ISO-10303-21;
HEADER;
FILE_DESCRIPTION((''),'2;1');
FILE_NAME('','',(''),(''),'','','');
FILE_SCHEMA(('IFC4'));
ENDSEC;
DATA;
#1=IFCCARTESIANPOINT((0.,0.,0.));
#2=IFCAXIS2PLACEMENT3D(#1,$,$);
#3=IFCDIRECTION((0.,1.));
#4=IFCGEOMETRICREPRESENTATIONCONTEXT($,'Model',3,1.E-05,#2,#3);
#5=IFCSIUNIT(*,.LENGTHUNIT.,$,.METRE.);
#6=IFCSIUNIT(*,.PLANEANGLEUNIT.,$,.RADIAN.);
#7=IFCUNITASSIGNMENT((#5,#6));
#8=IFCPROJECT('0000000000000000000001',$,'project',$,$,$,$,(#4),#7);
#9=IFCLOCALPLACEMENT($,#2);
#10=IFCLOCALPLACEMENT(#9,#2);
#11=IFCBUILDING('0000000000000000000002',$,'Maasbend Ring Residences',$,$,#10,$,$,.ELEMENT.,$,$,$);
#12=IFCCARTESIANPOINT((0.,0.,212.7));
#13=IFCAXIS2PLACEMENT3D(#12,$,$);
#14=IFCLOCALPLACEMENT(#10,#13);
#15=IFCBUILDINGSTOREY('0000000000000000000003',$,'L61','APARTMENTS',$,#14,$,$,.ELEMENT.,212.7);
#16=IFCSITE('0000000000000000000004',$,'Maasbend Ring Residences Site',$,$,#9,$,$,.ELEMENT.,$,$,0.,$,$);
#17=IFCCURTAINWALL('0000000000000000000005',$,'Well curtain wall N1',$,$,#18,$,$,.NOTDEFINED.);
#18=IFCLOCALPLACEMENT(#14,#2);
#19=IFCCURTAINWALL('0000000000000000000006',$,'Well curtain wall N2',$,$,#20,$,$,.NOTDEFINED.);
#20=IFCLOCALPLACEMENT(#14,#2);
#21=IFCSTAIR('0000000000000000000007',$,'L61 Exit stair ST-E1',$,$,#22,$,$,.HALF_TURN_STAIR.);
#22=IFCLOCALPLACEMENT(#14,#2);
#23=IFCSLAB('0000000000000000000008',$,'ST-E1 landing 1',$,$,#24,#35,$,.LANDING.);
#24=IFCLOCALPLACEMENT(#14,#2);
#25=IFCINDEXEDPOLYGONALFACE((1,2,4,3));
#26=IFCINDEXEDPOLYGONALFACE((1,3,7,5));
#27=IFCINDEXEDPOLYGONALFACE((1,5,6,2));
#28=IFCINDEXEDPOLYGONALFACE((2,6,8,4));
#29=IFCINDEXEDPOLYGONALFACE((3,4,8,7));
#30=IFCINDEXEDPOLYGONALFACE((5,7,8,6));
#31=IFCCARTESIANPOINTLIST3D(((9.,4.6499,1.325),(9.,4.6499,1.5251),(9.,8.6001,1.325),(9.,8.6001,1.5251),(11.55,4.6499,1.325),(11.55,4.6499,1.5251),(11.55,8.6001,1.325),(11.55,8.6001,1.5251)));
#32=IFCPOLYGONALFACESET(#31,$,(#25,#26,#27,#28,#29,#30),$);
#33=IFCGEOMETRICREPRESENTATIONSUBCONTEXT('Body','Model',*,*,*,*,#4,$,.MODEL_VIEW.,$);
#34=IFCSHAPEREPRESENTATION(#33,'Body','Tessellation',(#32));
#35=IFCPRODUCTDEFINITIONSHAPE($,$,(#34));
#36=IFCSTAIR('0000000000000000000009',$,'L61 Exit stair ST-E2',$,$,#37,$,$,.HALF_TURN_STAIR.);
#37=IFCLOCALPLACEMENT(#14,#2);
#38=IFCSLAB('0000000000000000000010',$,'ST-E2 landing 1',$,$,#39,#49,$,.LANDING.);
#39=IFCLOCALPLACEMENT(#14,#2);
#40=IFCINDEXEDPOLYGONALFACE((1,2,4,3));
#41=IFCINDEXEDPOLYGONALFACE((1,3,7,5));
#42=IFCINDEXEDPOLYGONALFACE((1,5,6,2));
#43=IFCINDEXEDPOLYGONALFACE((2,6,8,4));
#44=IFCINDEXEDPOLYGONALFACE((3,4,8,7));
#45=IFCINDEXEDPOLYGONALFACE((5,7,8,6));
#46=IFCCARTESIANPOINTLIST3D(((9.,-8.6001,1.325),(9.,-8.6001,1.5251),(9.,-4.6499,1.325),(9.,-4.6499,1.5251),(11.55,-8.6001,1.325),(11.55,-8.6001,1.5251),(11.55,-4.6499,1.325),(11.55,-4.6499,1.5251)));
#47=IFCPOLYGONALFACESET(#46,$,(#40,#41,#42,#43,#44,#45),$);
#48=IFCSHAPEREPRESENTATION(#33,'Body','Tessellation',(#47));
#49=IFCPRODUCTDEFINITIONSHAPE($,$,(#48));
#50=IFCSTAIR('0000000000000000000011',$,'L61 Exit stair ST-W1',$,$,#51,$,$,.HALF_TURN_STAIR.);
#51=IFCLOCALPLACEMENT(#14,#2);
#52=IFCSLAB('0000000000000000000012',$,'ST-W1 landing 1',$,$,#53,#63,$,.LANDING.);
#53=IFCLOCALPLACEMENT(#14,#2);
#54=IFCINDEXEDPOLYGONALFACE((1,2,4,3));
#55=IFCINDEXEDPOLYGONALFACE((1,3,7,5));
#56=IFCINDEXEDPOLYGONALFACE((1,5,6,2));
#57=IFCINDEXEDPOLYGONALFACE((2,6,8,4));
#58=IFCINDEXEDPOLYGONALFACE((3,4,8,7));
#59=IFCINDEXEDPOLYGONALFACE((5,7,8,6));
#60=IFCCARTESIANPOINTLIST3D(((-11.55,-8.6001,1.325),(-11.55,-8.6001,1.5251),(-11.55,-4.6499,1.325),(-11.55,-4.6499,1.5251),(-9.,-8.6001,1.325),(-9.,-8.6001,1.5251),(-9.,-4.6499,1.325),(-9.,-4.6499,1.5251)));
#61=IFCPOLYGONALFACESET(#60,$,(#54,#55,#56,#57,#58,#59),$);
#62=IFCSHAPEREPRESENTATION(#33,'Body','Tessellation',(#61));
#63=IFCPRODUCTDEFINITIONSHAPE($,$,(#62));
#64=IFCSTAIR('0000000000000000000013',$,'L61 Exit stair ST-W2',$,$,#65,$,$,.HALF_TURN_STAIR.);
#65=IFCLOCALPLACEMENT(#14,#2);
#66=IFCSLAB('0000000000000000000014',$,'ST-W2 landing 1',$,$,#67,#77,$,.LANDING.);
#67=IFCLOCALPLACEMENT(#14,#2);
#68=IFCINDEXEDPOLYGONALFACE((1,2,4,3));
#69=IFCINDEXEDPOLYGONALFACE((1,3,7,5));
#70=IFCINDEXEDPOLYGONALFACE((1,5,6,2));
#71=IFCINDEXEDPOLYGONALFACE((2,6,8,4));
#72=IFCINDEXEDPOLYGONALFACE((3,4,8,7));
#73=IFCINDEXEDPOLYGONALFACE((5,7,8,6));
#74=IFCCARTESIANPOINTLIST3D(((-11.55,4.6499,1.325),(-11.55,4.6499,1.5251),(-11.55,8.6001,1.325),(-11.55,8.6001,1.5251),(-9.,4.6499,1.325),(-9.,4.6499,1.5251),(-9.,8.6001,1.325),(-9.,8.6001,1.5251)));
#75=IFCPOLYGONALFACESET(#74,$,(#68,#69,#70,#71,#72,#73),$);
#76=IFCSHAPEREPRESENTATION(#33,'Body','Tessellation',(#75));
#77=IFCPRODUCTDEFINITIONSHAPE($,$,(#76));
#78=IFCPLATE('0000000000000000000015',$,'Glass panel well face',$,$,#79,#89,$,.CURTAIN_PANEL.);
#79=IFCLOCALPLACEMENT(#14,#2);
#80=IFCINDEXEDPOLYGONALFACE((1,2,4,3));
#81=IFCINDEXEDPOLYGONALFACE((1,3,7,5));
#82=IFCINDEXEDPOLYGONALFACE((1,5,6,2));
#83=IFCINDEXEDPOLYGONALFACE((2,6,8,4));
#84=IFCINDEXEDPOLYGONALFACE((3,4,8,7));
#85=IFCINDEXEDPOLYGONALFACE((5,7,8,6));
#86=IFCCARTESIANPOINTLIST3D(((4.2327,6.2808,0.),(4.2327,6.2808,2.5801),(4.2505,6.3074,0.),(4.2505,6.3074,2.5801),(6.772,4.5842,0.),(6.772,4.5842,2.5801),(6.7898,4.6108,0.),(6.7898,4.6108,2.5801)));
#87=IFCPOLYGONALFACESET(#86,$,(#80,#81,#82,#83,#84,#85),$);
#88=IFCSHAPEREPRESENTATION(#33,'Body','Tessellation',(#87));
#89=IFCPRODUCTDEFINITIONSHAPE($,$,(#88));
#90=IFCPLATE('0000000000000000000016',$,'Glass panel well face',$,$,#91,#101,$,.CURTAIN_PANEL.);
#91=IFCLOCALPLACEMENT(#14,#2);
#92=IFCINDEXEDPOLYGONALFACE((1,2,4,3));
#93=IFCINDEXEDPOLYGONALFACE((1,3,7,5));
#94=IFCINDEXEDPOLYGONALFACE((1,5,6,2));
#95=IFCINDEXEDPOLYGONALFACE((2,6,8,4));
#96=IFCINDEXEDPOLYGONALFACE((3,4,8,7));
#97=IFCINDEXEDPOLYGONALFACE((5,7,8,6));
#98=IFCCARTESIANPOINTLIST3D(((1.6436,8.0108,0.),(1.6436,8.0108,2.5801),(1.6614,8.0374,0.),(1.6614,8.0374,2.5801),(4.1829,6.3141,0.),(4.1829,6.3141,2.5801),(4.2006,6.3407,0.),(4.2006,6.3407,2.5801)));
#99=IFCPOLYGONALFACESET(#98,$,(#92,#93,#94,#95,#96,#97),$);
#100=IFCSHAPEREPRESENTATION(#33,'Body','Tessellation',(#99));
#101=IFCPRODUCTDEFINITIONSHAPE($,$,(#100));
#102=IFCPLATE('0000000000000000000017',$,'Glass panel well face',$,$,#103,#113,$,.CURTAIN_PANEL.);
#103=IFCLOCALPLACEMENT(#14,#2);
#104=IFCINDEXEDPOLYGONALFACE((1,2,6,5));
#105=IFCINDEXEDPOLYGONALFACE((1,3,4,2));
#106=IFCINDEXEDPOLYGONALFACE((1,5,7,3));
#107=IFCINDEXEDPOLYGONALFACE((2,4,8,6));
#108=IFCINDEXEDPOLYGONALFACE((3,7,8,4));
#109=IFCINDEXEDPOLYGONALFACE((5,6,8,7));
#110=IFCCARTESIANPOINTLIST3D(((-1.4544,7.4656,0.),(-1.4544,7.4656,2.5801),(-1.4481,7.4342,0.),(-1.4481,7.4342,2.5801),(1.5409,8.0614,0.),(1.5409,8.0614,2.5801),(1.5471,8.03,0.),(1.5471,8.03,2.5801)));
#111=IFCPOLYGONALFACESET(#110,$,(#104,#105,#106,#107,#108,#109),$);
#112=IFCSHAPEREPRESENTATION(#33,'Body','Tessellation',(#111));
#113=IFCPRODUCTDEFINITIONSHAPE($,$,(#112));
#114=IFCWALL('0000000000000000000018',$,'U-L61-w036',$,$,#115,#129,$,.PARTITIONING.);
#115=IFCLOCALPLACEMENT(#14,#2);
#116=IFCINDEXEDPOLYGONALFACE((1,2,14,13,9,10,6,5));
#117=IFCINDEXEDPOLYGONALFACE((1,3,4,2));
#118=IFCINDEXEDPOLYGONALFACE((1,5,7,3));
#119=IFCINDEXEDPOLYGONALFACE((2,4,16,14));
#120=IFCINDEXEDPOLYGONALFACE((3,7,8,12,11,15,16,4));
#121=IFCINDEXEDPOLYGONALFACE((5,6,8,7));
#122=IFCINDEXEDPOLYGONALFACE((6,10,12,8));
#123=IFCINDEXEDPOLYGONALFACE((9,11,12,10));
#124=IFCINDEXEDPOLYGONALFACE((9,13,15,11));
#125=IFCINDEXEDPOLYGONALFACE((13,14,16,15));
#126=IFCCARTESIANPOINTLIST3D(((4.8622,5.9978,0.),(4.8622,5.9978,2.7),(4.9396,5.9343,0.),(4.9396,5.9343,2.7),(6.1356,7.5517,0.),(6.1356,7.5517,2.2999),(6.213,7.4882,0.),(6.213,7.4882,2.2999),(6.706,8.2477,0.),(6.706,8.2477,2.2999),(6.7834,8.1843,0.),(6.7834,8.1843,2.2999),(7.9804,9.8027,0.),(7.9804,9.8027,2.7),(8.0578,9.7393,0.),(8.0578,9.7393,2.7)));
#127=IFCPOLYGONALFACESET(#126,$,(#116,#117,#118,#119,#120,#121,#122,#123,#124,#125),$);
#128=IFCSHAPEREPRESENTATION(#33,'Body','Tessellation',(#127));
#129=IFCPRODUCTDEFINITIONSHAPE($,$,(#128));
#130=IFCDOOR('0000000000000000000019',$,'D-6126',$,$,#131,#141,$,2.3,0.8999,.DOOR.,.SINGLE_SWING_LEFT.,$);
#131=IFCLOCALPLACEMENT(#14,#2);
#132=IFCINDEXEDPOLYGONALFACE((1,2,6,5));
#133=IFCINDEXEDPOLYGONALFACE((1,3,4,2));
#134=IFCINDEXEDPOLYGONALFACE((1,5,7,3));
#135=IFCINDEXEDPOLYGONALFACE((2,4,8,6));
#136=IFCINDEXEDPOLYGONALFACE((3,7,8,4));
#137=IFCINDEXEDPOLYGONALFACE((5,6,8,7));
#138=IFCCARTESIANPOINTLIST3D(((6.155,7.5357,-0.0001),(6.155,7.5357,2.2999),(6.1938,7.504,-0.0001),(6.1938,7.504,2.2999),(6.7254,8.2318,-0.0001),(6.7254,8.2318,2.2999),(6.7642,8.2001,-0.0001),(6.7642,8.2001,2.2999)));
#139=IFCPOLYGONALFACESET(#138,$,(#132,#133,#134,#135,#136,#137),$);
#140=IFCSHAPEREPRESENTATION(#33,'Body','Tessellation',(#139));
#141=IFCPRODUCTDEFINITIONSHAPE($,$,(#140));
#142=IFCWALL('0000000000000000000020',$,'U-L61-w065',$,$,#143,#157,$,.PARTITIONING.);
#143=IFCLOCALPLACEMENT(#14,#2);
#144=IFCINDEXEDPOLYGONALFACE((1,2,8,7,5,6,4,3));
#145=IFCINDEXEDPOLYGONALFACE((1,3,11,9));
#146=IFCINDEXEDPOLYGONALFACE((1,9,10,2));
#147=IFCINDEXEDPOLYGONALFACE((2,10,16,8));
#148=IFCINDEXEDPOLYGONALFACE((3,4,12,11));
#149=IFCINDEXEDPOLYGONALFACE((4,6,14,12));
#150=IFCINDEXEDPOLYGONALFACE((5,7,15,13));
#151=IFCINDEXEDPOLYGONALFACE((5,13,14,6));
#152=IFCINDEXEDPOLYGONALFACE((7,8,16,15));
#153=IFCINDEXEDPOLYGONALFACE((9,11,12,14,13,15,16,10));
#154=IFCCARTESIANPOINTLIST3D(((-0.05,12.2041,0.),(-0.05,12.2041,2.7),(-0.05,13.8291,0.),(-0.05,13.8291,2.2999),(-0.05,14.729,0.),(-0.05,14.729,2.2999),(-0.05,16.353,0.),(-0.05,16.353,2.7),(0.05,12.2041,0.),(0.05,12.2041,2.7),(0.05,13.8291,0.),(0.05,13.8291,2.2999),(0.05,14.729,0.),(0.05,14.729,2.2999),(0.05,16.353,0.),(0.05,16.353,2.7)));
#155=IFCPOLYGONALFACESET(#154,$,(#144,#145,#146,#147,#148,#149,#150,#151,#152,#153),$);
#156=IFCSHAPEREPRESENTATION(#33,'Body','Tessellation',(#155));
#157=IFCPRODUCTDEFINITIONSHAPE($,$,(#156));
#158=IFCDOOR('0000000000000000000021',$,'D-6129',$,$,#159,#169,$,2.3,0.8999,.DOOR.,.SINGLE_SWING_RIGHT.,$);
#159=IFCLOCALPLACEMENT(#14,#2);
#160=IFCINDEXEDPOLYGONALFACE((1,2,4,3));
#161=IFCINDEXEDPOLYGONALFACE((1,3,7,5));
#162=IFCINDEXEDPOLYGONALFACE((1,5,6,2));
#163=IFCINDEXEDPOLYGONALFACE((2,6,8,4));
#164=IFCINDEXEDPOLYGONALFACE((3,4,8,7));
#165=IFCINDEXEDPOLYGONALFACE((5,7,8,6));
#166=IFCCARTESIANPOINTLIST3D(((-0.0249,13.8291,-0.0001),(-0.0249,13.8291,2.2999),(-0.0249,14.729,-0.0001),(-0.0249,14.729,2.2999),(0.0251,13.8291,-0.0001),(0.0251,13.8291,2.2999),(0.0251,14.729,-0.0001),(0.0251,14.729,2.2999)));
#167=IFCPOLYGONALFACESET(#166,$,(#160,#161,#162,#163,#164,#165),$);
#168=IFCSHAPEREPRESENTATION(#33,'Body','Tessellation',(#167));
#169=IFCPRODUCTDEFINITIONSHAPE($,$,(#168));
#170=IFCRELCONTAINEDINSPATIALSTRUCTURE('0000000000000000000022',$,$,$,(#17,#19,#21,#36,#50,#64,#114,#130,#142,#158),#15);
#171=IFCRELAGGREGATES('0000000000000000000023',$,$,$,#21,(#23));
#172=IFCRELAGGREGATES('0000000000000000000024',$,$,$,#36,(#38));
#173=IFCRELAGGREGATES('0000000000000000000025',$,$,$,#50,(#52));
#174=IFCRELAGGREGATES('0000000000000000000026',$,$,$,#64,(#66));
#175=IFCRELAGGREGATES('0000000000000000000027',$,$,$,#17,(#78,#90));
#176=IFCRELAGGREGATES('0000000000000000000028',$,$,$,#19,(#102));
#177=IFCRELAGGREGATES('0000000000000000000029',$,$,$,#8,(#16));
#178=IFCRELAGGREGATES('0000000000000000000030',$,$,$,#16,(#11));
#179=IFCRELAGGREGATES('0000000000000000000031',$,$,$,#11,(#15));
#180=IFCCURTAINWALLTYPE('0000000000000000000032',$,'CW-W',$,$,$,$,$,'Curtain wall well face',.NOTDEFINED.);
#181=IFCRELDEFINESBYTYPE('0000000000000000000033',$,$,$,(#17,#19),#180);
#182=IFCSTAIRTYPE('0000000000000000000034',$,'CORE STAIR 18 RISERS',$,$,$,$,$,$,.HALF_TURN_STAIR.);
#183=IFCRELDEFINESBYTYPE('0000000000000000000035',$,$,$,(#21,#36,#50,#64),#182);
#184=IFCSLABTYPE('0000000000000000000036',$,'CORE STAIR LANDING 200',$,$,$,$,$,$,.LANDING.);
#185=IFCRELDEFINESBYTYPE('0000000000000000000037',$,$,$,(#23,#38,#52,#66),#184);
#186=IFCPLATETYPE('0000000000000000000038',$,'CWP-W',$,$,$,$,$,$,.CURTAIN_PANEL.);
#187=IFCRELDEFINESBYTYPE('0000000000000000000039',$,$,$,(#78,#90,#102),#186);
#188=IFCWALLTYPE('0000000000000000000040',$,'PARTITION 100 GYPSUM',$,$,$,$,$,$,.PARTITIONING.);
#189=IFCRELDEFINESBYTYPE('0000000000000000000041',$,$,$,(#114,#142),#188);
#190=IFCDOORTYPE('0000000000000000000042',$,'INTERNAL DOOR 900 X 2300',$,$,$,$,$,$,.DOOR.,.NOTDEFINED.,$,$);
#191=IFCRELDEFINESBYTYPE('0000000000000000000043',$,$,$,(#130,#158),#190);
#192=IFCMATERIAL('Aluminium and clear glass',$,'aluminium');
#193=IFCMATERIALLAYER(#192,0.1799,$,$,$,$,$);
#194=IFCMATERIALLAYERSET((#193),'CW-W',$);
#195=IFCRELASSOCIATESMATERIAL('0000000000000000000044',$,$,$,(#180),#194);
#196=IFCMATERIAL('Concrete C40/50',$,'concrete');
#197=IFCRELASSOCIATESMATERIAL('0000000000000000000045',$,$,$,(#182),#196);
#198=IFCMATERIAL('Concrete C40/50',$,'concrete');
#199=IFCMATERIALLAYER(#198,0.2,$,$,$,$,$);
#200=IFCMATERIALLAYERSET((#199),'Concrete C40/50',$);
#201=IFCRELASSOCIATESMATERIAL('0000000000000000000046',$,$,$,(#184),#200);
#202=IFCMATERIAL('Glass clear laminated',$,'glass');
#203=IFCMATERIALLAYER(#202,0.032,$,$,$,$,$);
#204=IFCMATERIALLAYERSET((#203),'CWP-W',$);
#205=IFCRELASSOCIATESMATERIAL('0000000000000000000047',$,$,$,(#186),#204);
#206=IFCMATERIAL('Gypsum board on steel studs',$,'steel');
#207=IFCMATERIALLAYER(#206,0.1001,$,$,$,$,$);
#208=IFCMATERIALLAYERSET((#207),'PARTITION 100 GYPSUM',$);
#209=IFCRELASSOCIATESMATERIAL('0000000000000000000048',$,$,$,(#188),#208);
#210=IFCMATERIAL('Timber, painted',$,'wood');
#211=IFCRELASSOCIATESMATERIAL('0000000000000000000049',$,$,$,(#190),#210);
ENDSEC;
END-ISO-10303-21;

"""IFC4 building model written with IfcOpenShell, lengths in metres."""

from ifc_helpers import new_model, si_unit, direction, frame, frame_2d, origin, origin_2d, place, context, subcontext, project, spatial, polyline, rectangle, outline, extrude, material, layer, layer_set, type_object, element, fill, aggregate, save


model = new_model("IFC4")

# Units and contexts
model_context = context("Model", 3, precision=1e-05, world=origin(), true_north=direction((0.0, 1.0)))
body_context = subcontext(model_context, "Body", "Model", "MODEL_VIEW")
ifc_project = project(units=[si_unit("LENGTHUNIT", "METRE"), si_unit("PLANEANGLEUNIT", "RADIAN")], contexts=[model_context])

# Site, building, storey
site_placement = place(None, origin())
site = spatial("IfcSite", under=ifc_project, at=site_placement, Name="Maasbend Ring Residences Site", CompositionType="ELEMENT", RefElevation=0.0)
building_placement = place(site_placement, origin())
building = spatial("IfcBuilding", under=site, at=building_placement, Name="Maasbend Ring Residences", CompositionType="ELEMENT")
storey_placement = place(building_placement, frame((0.0, 0.0, 212.7)))
storey = spatial("IfcBuildingStorey", under=building, at=storey_placement, Name="L61", Description="APARTMENTS", CompositionType="ELEMENT", Elevation=212.7)

# Curtain wall
ifc_material_1 = material(Name="Aluminium and clear glass", Category="aluminium")
ifc_layer_1 = layer(ifc_material_1, 0.1799)
ifc_layer_set_1 = layer_set([ifc_layer_1], Name="CW-W")
curtain_wall_type = type_object("IfcCurtainWallType", Name="CW-W", ElementType="Curtain wall well face", PredefinedType="NOTDEFINED", material=ifc_layer_set_1)
curtain_wall_1_placement = place(storey_placement, origin())
curtain_wall_1 = element("IfcCurtainWall", 1, at=curtain_wall_1_placement, inside=storey, type_object=curtain_wall_type, Name="Well curtain wall N1", PredefinedType="NOTDEFINED")

# Curtain wall
curtain_wall_2_placement = place(storey_placement, origin())
curtain_wall_2 = element("IfcCurtainWall", 2, at=curtain_wall_2_placement, inside=storey, type_object=curtain_wall_type, Name="Well curtain wall N2", PredefinedType="NOTDEFINED")

# Stairs, slabs
ifc_material_2 = material(Name="Concrete C40/50", Category="concrete")
stair_type = type_object("IfcStairType", Name="CORE STAIR 18 RISERS", PredefinedType="HALF_TURN_STAIR", material=ifc_material_2)
stair_1_placement = place(storey_placement, origin())
stair_1 = element("IfcStair", 3, at=stair_1_placement, inside=storey, type_object=stair_type, Name="L61 Exit stair ST-E1", PredefinedType="HALF_TURN_STAIR")
ifc_material_3 = material(Name="Concrete C40/50", Category="concrete")
ifc_layer_2 = layer(ifc_material_3, 0.2)
ifc_layer_set_2 = layer_set([ifc_layer_2], Name="Concrete C40/50")
slab_type = type_object("IfcSlabType", Name="CORE STAIR LANDING 200", PredefinedType="LANDING", material=ifc_layer_set_2)
slab_1_placement = place(storey_placement, frame((0.0, 0.0, 1.325)))
slab_1 = element("IfcSlab", 4, at=slab_1_placement, type_object=slab_type, Name="ST-E1 landing 1", PredefinedType="LANDING", context=body_context, shape_type="SweptSolid", body=[
    extrude(outline(polyline([(11.55, 8.6001), (9.0, 8.6001), (9.0, 4.6499), (11.55, 4.6499), (11.55, 8.6001)])), origin(), (0.0, 0.0, 1.0), 0.2002),
])
aggregate(stair_1, [slab_1])
stair_2_placement = place(storey_placement, origin())
stair_2 = element("IfcStair", 5, at=stair_2_placement, inside=storey, type_object=stair_type, Name="L61 Exit stair ST-E2", PredefinedType="HALF_TURN_STAIR")
slab_2_placement = place(storey_placement, frame((0.0, 0.0, 1.325)))
slab_2 = element("IfcSlab", 6, at=slab_2_placement, type_object=slab_type, Name="ST-E2 landing 1", PredefinedType="LANDING", context=body_context, shape_type="SweptSolid", body=[
    extrude(outline(polyline([(11.55, -4.6499), (9.0, -4.6499), (9.0, -8.6001), (11.55, -8.6001), (11.55, -4.6499)])), origin(), (0.0, 0.0, 1.0), 0.2002),
])
aggregate(stair_2, [slab_2])
stair_3_placement = place(storey_placement, origin())
stair_3 = element("IfcStair", 7, at=stair_3_placement, inside=storey, type_object=stair_type, Name="L61 Exit stair ST-W1", PredefinedType="HALF_TURN_STAIR")
slab_3_placement = place(storey_placement, frame((0.0, 0.0, 1.325)))
slab_3 = element("IfcSlab", 8, at=slab_3_placement, type_object=slab_type, Name="ST-W1 landing 1", PredefinedType="LANDING", context=body_context, shape_type="SweptSolid", body=[
    extrude(outline(polyline([(-11.55, -8.6001), (-9.0, -8.6001), (-9.0, -4.6499), (-11.55, -4.6499), (-11.55, -8.6001)])), origin(), (0.0, 0.0, 1.0), 0.2002),
])
aggregate(stair_3, [slab_3])
stair_4_placement = place(storey_placement, origin())
stair_4 = element("IfcStair", 9, at=stair_4_placement, inside=storey, type_object=stair_type, Name="L61 Exit stair ST-W2", PredefinedType="HALF_TURN_STAIR")
slab_4_placement = place(storey_placement, frame((0.0, 0.0, 1.325)))
slab_4 = element("IfcSlab", 10, at=slab_4_placement, type_object=slab_type, Name="ST-W2 landing 1", PredefinedType="LANDING", context=body_context, shape_type="SweptSolid", body=[
    extrude(outline(polyline([(-11.55, 4.6499), (-9.0, 4.6499), (-9.0, 8.6001), (-11.55, 8.6001), (-11.55, 4.6499)])), origin(), (0.0, 0.0, 1.0), 0.2002),
])
aggregate(stair_4, [slab_4])

# Plates
ifc_material_4 = material(Name="Glass clear laminated", Category="glass")
ifc_layer_3 = layer(ifc_material_4, 0.032)
ifc_layer_set_3 = layer_set([ifc_layer_3], Name="CWP-W")
plate_type = type_object("IfcPlateType", Name="CWP-W", PredefinedType="CURTAIN_PANEL", material=ifc_layer_set_3)
plate_1_placement = place(storey_placement, frame((5.5112, 5.4458, 0.0), z_axis=(0.0, 0.0, 1.0), x_axis=(-0.83147, 0.55557, 0.0)))
plate_1 = element("IfcPlate", 11, at=plate_1_placement, type_object=plate_type, Name="Glass panel well face", PredefinedType="CURTAIN_PANEL", context=body_context, shape_type="SweptSolid", body=[
    extrude(rectangle(XDim=3.054, YDim=0.032, at=origin_2d()), origin(), (0.0, 0.0, 1.0), 2.5801),
])
plate_2_placement = place(storey_placement, frame((2.9221, 7.1758, 0.0), z_axis=(0.0, 0.0, 1.0), x_axis=(-0.83147, 0.55557, 0.0)))
plate_2 = element("IfcPlate", 12, at=plate_2_placement, type_object=plate_type, Name="Glass panel well face", PredefinedType="CURTAIN_PANEL", context=body_context, shape_type="SweptSolid", body=[
    extrude(rectangle(XDim=3.054, YDim=0.032, at=origin_2d()), origin(), (0.0, 0.0, 1.0), 2.5801),
])
aggregate(curtain_wall_1, [plate_1, plate_2])
plate_3_placement = place(storey_placement, frame((0.0464, 7.7478, 0.0), z_axis=(0.0, 0.0, 1.0), x_axis=(-0.980785, -0.19509, 0.0)))
plate_3 = element("IfcPlate", 13, at=plate_3_placement, type_object=plate_type, Name="Glass panel well face", PredefinedType="CURTAIN_PANEL", context=body_context, shape_type="SweptSolid", body=[
    extrude(rectangle(XDim=3.054, YDim=0.032, at=origin_2d()), origin(), (0.0, 0.0, 1.0), 2.5801),
])
aggregate(curtain_wall_2, [plate_3])

# Walls, openings, doors
ifc_material_5 = material(Name="Gypsum board on steel studs", Category="steel")
ifc_layer_4 = layer(ifc_material_5, 0.1001)
ifc_layer_set_4 = layer_set([ifc_layer_4], Name="PARTITION 100 GYPSUM")
wall_type_1 = type_object("IfcWallType", Name="PARTITION 100 GYPSUM", PredefinedType="PARTITIONING", material=ifc_layer_set_4)
wall_1_placement = place(storey_placement, frame((4.9009, 5.9661, 0.0), z_axis=(0.0, 0.0, 1.0), x_axis=(0.633851, 0.773455, 0.0)))
wall_1 = element("IfcWall", 14, at=wall_1_placement, inside=storey, type_object=wall_type_1, Name="U-L61-w036", PredefinedType="PARTITIONING", context=body_context, shape_type="SweptSolid", body=[
    extrude(rectangle(XDim=4.9194, YDim=0.1001, at=frame_2d((2.4597, 0.0))), origin(), (0.0, 0.0, 1.0), 2.7),
])
opening_1_placement = place(wall_1_placement, frame((2.009, 0.0, 0.0)))
opening_1 = element("IfcOpeningElement", 15, at=opening_1_placement, cuts=wall_1, PredefinedType="OPENING", context=body_context, shape_type="SweptSolid", body=[
    extrude(rectangle(XDim=0.8999, YDim=2.3, at=frame_2d((0.45, 1.1499))), frame((0.0, 0.0601, 0.0), z_axis=(0.0, -1.0, 0.0), x_axis=(1.0, 0.0, 0.0)), (0.0, 0.0, 1.0), 0.1201),
])
ifc_material_6 = material(Name="Timber, painted", Category="wood")
door_type = type_object("IfcDoorType", Name="INTERNAL DOOR 900 X 2300", OperationType="NOTDEFINED", PredefinedType="DOOR", material=ifc_material_6)
door_1_placement = place(opening_1_placement, origin())
door_1 = element("IfcDoor", 16, at=door_1_placement, inside=storey, type_object=door_type, Name="D-6126", OperationType="SINGLE_SWING_LEFT", OverallHeight=2.3, OverallWidth=0.8999, PredefinedType="DOOR", context=body_context, shape_type="SweptSolid", body=[
    extrude(rectangle(XDim=0.8999, YDim=2.3, at=frame_2d((0.45, 1.1499))), frame((0.0, 0.0249, 0.0), z_axis=(0.0, -1.0, 0.0), x_axis=(1.0, 0.0, 0.0)), (0.0, 0.0, 1.0), 0.05),
])
fill(opening_1, door_1)
wall_2_placement = place(storey_placement, frame((0.0, 12.2041, 0.0), z_axis=(0.0, 0.0, 1.0), x_axis=(0.0, 1.0, 0.0)))
wall_2 = element("IfcWall", 17, at=wall_2_placement, inside=storey, type_object=wall_type_1, Name="U-L61-w065", PredefinedType="PARTITIONING", context=body_context, shape_type="SweptSolid", body=[
    extrude(rectangle(XDim=4.1489, YDim=0.1001, at=frame_2d((2.0745, 0.0))), origin(), (0.0, 0.0, 1.0), 2.7),
])
opening_2_placement = place(wall_2_placement, frame((1.625, 0.0, 0.0)))
opening_2 = element("IfcOpeningElement", 18, at=opening_2_placement, cuts=wall_2, PredefinedType="OPENING", context=body_context, shape_type="SweptSolid", body=[
    extrude(rectangle(XDim=0.8999, YDim=2.3, at=frame_2d((0.45, 1.1499))), frame((0.0, 0.0601, 0.0), z_axis=(0.0, -1.0, 0.0), x_axis=(1.0, 0.0, 0.0)), (0.0, 0.0, 1.0), 0.1201),
])
door_2_placement = place(opening_2_placement, origin())
door_2 = element("IfcDoor", 19, at=door_2_placement, inside=storey, type_object=door_type, Name="D-6129", OperationType="SINGLE_SWING_RIGHT", OverallHeight=2.3, OverallWidth=0.8999, PredefinedType="DOOR", context=body_context, shape_type="SweptSolid", body=[
    extrude(rectangle(XDim=0.8999, YDim=2.3, at=frame_2d((0.45, 1.1499))), frame((0.0, 0.0249, 0.0), z_axis=(0.0, -1.0, 0.0), x_axis=(1.0, 0.0, 0.0)), (0.0, 0.0, 1.0), 0.05),
])
fill(opening_2, door_2)

save(model, "model.ifc")
